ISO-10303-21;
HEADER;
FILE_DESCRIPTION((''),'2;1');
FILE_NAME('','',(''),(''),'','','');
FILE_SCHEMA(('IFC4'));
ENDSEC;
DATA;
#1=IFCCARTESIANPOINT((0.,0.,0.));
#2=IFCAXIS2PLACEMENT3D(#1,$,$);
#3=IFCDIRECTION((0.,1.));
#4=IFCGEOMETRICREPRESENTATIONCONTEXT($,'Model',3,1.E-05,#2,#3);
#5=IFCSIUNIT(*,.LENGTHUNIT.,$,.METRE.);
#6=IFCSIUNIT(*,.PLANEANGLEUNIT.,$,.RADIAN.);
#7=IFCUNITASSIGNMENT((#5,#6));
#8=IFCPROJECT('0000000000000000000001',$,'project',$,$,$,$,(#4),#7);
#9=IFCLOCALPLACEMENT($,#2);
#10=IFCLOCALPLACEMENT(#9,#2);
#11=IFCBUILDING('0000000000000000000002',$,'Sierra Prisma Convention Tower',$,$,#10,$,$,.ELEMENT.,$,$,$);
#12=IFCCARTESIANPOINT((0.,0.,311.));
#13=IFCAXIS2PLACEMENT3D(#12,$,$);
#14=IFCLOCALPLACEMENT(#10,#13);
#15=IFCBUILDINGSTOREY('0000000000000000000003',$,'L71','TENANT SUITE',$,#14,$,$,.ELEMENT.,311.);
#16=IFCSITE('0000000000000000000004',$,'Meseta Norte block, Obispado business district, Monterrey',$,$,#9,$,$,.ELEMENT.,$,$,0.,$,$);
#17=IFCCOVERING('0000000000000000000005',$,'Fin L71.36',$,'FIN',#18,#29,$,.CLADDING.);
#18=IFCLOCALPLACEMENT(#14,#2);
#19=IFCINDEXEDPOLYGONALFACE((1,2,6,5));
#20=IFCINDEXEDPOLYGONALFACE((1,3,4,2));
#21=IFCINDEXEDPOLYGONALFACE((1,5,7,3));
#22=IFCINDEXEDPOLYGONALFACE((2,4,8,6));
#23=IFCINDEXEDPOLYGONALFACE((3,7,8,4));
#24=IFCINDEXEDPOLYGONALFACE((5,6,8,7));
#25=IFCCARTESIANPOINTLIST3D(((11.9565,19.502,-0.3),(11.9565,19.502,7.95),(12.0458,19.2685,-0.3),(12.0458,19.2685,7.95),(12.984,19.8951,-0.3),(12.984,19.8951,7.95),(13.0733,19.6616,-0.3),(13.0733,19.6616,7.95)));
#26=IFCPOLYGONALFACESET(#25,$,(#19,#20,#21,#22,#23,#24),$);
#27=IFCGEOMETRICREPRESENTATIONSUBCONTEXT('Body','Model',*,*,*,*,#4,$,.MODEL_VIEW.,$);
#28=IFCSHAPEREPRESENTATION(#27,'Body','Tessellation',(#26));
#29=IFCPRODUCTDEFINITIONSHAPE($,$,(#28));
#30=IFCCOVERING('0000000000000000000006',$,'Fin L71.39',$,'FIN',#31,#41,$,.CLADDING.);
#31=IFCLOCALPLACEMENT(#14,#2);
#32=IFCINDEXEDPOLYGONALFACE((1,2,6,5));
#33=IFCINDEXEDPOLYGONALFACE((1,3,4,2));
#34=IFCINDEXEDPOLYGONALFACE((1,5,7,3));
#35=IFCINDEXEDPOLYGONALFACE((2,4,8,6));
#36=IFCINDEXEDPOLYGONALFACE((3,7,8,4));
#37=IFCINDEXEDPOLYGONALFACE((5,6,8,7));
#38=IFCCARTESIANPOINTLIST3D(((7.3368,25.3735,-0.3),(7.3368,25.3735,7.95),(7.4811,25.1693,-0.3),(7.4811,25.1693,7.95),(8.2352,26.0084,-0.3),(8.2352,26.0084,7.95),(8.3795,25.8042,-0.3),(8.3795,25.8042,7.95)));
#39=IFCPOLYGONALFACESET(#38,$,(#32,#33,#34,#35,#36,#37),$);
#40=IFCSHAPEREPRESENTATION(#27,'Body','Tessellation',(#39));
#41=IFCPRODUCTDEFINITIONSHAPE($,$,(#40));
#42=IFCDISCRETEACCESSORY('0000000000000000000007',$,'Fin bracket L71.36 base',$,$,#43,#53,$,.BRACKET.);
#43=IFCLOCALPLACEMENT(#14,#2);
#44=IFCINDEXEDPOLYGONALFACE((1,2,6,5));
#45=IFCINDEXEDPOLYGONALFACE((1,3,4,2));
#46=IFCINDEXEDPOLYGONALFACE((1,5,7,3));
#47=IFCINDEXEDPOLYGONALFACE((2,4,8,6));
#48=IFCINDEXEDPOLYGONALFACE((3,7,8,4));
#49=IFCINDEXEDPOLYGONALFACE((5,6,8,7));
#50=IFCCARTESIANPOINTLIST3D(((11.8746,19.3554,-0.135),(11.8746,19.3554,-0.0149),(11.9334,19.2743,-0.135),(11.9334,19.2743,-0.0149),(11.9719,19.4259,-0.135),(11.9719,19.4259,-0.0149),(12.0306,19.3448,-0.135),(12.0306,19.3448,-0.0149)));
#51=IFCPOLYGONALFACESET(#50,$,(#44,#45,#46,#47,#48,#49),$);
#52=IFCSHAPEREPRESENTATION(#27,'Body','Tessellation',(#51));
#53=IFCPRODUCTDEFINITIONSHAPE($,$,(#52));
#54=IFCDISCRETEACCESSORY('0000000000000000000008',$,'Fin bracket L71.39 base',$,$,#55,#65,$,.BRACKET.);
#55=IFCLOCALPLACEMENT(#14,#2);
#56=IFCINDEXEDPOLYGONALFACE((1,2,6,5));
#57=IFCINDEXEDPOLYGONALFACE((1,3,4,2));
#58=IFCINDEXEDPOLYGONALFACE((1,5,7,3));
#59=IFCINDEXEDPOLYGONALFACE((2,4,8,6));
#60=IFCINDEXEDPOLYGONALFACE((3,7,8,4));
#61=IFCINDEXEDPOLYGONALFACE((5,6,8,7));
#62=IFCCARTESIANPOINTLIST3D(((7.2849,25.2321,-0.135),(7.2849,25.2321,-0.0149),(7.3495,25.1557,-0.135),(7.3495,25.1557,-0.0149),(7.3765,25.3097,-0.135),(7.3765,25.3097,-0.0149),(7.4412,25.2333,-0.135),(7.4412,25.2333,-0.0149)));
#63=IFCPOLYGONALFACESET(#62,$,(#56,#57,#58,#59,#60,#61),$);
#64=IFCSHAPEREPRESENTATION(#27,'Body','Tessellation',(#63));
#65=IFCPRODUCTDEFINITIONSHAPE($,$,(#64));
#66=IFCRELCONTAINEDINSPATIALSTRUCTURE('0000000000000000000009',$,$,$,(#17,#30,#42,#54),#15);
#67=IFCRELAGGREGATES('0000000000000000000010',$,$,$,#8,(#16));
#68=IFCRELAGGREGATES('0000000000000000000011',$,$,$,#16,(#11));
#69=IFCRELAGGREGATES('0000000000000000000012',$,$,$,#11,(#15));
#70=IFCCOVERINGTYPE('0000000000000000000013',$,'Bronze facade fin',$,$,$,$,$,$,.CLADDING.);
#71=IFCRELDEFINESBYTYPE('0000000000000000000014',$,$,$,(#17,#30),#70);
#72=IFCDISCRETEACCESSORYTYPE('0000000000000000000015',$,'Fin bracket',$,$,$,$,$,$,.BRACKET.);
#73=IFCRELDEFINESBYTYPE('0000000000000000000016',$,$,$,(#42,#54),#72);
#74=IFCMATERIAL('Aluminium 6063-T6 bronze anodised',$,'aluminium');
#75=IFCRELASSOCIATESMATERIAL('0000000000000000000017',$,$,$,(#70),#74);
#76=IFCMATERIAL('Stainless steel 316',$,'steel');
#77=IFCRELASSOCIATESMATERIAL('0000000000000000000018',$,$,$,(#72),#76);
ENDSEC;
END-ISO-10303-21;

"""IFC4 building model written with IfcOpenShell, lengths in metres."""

from ifc_helpers import new_model, si_unit, direction, frame, origin, origin_2d, place, context, subcontext, project, spatial, rectangle, extrude, material, material_profile, profile_set, type_object, element, save


model = new_model("IFC4")

# Units and contexts
model_context = context("Model", 3, precision=1e-05, world=origin(), true_north=direction((0.0, 1.0)))
body_context = subcontext(model_context, "Body", "Model", "MODEL_VIEW")
ifc_project = project(units=[si_unit("LENGTHUNIT", "METRE"), si_unit("PLANEANGLEUNIT", "RADIAN")], contexts=[model_context])

# Site, building, storey
site_placement = place(None, origin())
site = spatial("IfcSite", under=ifc_project, at=site_placement, Name="Meseta Norte block, Obispado business district, Monterrey", CompositionType="ELEMENT", RefElevation=0.0)
building_placement = place(site_placement, origin())
building = spatial("IfcBuilding", under=site, at=building_placement, Name="Sierra Prisma Convention Tower", CompositionType="ELEMENT")
storey_placement = place(building_placement, frame((0.0, 0.0, 311.0)))
storey = spatial("IfcBuildingStorey", under=building, at=storey_placement, Name="L71", Description="TENANT SUITE", CompositionType="ELEMENT", Elevation=311.0)

# Coverings
ifc_material_1 = material(Name="Aluminium 6063-T6 bronze anodised", Category="aluminium")
ifc_material_profile_1 = material_profile(ifc_material_1, rectangle(XDim=1.1001, YDim=0.25, at=origin_2d()), Name="ALU FIN 1100x250")
ifc_profile_set_1 = profile_set([ifc_material_profile_1], Name="Aluminium 6063-T6 bronze anodised")
covering_type = type_object("IfcCoveringType", Name="Bronze facade fin", PredefinedType="CLADDING", material=ifc_profile_set_1)
for number, where, z_axis, x_axis, name in (
    (1, (12.5149, 19.5818, -0.3), (0.0, 0.0, 1.0), (0.933998, 0.357279, 0.0), "Fin L71.36"),
    (2, (7.8582, 25.5889, -0.3), (0.0, 0.0, 1.0), (0.81666, 0.577119, 0.0), "Fin L71.39"),
):
    element("IfcCovering", number, at=place(storey_placement, frame(where, z_axis=z_axis, x_axis=x_axis)), inside=storey, type_object=covering_type, Name=name, ObjectType="FIN", PredefinedType="CLADDING", context=body_context, shape_type="SweptSolid", body=[
        extrude(rectangle(XDim=1.1001, YDim=0.25, at=origin_2d()), origin(), (0.0, 0.0, 1.0), 8.25),
    ])

# Discrete accessories
ifc_material_2 = material(Name="Stainless steel 316", Category="steel")
discrete_accessory_type = type_object("IfcDiscreteAccessoryType", Name="Fin bracket", PredefinedType="BRACKET", material=ifc_material_2)
for number, where, z_axis, x_axis, name in (
    (3, (11.9526, 19.3501, -0.135), (0.0, 0.0, 1.0), (0.809702, 0.586841, 0.0), "Fin bracket L71.36 base"),
    (4, (7.363, 25.2327, -0.135), (0.0, 0.0, 1.0), (0.763253, 0.6461, 0.0), "Fin bracket L71.39 base"),
):
    element("IfcDiscreteAccessory", number, at=place(storey_placement, frame(where, z_axis=z_axis, x_axis=x_axis)), inside=storey, type_object=discrete_accessory_type, Name=name, PredefinedType="BRACKET", context=body_context, shape_type="SweptSolid", body=[
        extrude(rectangle(XDim=0.1201, YDim=0.1001, at=origin_2d()), origin(), (0.0, 0.0, 1.0), 0.1201),
    ])

save(model, "model.ifc")
